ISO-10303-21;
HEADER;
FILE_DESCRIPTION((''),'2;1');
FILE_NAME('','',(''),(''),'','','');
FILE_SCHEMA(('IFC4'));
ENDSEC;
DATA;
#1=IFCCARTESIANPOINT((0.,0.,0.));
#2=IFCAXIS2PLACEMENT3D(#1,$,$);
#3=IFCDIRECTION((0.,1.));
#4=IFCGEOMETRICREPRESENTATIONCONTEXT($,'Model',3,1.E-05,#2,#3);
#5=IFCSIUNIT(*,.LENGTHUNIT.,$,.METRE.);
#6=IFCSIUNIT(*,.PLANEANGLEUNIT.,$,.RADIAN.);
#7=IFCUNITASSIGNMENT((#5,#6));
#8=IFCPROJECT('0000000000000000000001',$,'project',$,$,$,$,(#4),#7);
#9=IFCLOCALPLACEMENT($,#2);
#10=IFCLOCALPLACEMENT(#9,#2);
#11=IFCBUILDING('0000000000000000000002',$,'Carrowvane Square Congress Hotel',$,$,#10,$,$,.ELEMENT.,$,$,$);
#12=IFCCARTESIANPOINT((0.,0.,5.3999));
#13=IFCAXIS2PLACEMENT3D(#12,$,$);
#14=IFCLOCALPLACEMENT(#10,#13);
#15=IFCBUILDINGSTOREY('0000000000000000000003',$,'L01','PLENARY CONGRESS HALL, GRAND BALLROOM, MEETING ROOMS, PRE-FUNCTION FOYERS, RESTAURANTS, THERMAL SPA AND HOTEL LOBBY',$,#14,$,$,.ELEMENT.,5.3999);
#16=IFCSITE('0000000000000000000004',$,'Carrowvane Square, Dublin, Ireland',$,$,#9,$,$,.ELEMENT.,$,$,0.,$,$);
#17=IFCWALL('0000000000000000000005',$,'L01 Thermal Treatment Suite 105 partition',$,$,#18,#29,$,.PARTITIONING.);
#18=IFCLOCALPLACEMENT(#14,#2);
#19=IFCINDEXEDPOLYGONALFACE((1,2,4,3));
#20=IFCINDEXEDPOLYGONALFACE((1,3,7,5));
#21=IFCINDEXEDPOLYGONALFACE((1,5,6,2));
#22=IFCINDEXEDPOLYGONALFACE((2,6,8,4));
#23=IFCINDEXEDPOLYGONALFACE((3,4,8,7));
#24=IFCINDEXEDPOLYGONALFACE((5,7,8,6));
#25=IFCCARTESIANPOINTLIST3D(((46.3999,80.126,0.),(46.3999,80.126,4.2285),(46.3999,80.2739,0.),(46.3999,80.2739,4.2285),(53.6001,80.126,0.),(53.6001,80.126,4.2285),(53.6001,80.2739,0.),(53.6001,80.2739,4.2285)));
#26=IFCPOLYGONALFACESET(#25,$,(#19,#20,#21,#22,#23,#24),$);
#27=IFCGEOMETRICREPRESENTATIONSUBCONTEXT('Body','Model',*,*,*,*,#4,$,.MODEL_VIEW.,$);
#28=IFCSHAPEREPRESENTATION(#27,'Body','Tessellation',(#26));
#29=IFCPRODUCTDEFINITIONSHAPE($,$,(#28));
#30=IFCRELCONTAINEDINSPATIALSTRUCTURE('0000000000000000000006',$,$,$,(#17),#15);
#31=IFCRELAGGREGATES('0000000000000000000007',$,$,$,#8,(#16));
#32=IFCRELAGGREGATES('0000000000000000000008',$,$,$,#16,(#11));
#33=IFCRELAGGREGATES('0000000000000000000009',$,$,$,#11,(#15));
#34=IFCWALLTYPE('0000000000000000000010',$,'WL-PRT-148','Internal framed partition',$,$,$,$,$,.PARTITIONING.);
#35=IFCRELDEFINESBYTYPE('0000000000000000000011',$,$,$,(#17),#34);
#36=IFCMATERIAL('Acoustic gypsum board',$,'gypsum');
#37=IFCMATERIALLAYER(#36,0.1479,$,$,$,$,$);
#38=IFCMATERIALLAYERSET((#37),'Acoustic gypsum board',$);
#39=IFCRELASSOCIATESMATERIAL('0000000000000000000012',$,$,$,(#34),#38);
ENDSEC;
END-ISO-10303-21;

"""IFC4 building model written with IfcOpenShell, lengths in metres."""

from ifc_helpers import new_model, si_unit, direction, frame, frame_2d, origin, place, context, subcontext, project, spatial, rectangle, extrude, material, layer, layer_set, type_object, element, save


model = new_model("IFC4")

# Units and contexts
model_context = context("Model", 3, precision=1e-05, world=origin(), true_north=direction((0.0, 1.0)))
body_context = subcontext(model_context, "Body", "Model", "MODEL_VIEW")
ifc_project = project(units=[si_unit("LENGTHUNIT", "METRE"), si_unit("PLANEANGLEUNIT", "RADIAN")], contexts=[model_context])

# Site, building, storey
site_placement = place(None, origin())
site = spatial("IfcSite", under=ifc_project, at=site_placement, Name="Carrowvane Square, Dublin, Ireland", CompositionType="ELEMENT", RefElevation=0.0)
building_placement = place(site_placement, origin())
building = spatial("IfcBuilding", under=site, at=building_placement, Name="Carrowvane Square Congress Hotel", CompositionType="ELEMENT")
storey_placement = place(building_placement, frame((0.0, 0.0, 5.3999)))
storey = spatial("IfcBuildingStorey", under=building, at=storey_placement, Name="L01", Description="PLENARY CONGRESS HALL, GRAND BALLROOM, MEETING ROOMS, PRE-FUNCTION FOYERS, RESTAURANTS, THERMAL SPA AND HOTEL LOBBY", CompositionType="ELEMENT", Elevation=5.3999)

# Shared definitions
ifc_material_1 = material(Name="Acoustic gypsum board", Category="gypsum")
ifc_layer_1 = layer(ifc_material_1, 0.1479)
ifc_layer_set_1 = layer_set([ifc_layer_1], Name="Acoustic gypsum board")
wall_type_1 = type_object("IfcWallType", Name="WL-PRT-148", Description="Internal framed partition", PredefinedType="PARTITIONING", material=ifc_layer_set_1)

# Wall
wall_1_placement = place(storey_placement, frame((46.3999, 80.2, 0.0), z_axis=(0.0, 0.0, 1.0), x_axis=(1.0, 0.0, 0.0)))
element("IfcWall", 1, at=wall_1_placement, inside=storey, type_object=wall_type_1, Name="L01 Thermal Treatment Suite 105 partition", PredefinedType="PARTITIONING", context=body_context, shape_type="SweptSolid", body=[
    extrude(rectangle(XDim=7.2002, YDim=0.1479, at=frame_2d((3.6001, 0.0))), origin(), (0.0, 0.0, 1.0), 4.2285),
])

save(model, "model.ifc")
